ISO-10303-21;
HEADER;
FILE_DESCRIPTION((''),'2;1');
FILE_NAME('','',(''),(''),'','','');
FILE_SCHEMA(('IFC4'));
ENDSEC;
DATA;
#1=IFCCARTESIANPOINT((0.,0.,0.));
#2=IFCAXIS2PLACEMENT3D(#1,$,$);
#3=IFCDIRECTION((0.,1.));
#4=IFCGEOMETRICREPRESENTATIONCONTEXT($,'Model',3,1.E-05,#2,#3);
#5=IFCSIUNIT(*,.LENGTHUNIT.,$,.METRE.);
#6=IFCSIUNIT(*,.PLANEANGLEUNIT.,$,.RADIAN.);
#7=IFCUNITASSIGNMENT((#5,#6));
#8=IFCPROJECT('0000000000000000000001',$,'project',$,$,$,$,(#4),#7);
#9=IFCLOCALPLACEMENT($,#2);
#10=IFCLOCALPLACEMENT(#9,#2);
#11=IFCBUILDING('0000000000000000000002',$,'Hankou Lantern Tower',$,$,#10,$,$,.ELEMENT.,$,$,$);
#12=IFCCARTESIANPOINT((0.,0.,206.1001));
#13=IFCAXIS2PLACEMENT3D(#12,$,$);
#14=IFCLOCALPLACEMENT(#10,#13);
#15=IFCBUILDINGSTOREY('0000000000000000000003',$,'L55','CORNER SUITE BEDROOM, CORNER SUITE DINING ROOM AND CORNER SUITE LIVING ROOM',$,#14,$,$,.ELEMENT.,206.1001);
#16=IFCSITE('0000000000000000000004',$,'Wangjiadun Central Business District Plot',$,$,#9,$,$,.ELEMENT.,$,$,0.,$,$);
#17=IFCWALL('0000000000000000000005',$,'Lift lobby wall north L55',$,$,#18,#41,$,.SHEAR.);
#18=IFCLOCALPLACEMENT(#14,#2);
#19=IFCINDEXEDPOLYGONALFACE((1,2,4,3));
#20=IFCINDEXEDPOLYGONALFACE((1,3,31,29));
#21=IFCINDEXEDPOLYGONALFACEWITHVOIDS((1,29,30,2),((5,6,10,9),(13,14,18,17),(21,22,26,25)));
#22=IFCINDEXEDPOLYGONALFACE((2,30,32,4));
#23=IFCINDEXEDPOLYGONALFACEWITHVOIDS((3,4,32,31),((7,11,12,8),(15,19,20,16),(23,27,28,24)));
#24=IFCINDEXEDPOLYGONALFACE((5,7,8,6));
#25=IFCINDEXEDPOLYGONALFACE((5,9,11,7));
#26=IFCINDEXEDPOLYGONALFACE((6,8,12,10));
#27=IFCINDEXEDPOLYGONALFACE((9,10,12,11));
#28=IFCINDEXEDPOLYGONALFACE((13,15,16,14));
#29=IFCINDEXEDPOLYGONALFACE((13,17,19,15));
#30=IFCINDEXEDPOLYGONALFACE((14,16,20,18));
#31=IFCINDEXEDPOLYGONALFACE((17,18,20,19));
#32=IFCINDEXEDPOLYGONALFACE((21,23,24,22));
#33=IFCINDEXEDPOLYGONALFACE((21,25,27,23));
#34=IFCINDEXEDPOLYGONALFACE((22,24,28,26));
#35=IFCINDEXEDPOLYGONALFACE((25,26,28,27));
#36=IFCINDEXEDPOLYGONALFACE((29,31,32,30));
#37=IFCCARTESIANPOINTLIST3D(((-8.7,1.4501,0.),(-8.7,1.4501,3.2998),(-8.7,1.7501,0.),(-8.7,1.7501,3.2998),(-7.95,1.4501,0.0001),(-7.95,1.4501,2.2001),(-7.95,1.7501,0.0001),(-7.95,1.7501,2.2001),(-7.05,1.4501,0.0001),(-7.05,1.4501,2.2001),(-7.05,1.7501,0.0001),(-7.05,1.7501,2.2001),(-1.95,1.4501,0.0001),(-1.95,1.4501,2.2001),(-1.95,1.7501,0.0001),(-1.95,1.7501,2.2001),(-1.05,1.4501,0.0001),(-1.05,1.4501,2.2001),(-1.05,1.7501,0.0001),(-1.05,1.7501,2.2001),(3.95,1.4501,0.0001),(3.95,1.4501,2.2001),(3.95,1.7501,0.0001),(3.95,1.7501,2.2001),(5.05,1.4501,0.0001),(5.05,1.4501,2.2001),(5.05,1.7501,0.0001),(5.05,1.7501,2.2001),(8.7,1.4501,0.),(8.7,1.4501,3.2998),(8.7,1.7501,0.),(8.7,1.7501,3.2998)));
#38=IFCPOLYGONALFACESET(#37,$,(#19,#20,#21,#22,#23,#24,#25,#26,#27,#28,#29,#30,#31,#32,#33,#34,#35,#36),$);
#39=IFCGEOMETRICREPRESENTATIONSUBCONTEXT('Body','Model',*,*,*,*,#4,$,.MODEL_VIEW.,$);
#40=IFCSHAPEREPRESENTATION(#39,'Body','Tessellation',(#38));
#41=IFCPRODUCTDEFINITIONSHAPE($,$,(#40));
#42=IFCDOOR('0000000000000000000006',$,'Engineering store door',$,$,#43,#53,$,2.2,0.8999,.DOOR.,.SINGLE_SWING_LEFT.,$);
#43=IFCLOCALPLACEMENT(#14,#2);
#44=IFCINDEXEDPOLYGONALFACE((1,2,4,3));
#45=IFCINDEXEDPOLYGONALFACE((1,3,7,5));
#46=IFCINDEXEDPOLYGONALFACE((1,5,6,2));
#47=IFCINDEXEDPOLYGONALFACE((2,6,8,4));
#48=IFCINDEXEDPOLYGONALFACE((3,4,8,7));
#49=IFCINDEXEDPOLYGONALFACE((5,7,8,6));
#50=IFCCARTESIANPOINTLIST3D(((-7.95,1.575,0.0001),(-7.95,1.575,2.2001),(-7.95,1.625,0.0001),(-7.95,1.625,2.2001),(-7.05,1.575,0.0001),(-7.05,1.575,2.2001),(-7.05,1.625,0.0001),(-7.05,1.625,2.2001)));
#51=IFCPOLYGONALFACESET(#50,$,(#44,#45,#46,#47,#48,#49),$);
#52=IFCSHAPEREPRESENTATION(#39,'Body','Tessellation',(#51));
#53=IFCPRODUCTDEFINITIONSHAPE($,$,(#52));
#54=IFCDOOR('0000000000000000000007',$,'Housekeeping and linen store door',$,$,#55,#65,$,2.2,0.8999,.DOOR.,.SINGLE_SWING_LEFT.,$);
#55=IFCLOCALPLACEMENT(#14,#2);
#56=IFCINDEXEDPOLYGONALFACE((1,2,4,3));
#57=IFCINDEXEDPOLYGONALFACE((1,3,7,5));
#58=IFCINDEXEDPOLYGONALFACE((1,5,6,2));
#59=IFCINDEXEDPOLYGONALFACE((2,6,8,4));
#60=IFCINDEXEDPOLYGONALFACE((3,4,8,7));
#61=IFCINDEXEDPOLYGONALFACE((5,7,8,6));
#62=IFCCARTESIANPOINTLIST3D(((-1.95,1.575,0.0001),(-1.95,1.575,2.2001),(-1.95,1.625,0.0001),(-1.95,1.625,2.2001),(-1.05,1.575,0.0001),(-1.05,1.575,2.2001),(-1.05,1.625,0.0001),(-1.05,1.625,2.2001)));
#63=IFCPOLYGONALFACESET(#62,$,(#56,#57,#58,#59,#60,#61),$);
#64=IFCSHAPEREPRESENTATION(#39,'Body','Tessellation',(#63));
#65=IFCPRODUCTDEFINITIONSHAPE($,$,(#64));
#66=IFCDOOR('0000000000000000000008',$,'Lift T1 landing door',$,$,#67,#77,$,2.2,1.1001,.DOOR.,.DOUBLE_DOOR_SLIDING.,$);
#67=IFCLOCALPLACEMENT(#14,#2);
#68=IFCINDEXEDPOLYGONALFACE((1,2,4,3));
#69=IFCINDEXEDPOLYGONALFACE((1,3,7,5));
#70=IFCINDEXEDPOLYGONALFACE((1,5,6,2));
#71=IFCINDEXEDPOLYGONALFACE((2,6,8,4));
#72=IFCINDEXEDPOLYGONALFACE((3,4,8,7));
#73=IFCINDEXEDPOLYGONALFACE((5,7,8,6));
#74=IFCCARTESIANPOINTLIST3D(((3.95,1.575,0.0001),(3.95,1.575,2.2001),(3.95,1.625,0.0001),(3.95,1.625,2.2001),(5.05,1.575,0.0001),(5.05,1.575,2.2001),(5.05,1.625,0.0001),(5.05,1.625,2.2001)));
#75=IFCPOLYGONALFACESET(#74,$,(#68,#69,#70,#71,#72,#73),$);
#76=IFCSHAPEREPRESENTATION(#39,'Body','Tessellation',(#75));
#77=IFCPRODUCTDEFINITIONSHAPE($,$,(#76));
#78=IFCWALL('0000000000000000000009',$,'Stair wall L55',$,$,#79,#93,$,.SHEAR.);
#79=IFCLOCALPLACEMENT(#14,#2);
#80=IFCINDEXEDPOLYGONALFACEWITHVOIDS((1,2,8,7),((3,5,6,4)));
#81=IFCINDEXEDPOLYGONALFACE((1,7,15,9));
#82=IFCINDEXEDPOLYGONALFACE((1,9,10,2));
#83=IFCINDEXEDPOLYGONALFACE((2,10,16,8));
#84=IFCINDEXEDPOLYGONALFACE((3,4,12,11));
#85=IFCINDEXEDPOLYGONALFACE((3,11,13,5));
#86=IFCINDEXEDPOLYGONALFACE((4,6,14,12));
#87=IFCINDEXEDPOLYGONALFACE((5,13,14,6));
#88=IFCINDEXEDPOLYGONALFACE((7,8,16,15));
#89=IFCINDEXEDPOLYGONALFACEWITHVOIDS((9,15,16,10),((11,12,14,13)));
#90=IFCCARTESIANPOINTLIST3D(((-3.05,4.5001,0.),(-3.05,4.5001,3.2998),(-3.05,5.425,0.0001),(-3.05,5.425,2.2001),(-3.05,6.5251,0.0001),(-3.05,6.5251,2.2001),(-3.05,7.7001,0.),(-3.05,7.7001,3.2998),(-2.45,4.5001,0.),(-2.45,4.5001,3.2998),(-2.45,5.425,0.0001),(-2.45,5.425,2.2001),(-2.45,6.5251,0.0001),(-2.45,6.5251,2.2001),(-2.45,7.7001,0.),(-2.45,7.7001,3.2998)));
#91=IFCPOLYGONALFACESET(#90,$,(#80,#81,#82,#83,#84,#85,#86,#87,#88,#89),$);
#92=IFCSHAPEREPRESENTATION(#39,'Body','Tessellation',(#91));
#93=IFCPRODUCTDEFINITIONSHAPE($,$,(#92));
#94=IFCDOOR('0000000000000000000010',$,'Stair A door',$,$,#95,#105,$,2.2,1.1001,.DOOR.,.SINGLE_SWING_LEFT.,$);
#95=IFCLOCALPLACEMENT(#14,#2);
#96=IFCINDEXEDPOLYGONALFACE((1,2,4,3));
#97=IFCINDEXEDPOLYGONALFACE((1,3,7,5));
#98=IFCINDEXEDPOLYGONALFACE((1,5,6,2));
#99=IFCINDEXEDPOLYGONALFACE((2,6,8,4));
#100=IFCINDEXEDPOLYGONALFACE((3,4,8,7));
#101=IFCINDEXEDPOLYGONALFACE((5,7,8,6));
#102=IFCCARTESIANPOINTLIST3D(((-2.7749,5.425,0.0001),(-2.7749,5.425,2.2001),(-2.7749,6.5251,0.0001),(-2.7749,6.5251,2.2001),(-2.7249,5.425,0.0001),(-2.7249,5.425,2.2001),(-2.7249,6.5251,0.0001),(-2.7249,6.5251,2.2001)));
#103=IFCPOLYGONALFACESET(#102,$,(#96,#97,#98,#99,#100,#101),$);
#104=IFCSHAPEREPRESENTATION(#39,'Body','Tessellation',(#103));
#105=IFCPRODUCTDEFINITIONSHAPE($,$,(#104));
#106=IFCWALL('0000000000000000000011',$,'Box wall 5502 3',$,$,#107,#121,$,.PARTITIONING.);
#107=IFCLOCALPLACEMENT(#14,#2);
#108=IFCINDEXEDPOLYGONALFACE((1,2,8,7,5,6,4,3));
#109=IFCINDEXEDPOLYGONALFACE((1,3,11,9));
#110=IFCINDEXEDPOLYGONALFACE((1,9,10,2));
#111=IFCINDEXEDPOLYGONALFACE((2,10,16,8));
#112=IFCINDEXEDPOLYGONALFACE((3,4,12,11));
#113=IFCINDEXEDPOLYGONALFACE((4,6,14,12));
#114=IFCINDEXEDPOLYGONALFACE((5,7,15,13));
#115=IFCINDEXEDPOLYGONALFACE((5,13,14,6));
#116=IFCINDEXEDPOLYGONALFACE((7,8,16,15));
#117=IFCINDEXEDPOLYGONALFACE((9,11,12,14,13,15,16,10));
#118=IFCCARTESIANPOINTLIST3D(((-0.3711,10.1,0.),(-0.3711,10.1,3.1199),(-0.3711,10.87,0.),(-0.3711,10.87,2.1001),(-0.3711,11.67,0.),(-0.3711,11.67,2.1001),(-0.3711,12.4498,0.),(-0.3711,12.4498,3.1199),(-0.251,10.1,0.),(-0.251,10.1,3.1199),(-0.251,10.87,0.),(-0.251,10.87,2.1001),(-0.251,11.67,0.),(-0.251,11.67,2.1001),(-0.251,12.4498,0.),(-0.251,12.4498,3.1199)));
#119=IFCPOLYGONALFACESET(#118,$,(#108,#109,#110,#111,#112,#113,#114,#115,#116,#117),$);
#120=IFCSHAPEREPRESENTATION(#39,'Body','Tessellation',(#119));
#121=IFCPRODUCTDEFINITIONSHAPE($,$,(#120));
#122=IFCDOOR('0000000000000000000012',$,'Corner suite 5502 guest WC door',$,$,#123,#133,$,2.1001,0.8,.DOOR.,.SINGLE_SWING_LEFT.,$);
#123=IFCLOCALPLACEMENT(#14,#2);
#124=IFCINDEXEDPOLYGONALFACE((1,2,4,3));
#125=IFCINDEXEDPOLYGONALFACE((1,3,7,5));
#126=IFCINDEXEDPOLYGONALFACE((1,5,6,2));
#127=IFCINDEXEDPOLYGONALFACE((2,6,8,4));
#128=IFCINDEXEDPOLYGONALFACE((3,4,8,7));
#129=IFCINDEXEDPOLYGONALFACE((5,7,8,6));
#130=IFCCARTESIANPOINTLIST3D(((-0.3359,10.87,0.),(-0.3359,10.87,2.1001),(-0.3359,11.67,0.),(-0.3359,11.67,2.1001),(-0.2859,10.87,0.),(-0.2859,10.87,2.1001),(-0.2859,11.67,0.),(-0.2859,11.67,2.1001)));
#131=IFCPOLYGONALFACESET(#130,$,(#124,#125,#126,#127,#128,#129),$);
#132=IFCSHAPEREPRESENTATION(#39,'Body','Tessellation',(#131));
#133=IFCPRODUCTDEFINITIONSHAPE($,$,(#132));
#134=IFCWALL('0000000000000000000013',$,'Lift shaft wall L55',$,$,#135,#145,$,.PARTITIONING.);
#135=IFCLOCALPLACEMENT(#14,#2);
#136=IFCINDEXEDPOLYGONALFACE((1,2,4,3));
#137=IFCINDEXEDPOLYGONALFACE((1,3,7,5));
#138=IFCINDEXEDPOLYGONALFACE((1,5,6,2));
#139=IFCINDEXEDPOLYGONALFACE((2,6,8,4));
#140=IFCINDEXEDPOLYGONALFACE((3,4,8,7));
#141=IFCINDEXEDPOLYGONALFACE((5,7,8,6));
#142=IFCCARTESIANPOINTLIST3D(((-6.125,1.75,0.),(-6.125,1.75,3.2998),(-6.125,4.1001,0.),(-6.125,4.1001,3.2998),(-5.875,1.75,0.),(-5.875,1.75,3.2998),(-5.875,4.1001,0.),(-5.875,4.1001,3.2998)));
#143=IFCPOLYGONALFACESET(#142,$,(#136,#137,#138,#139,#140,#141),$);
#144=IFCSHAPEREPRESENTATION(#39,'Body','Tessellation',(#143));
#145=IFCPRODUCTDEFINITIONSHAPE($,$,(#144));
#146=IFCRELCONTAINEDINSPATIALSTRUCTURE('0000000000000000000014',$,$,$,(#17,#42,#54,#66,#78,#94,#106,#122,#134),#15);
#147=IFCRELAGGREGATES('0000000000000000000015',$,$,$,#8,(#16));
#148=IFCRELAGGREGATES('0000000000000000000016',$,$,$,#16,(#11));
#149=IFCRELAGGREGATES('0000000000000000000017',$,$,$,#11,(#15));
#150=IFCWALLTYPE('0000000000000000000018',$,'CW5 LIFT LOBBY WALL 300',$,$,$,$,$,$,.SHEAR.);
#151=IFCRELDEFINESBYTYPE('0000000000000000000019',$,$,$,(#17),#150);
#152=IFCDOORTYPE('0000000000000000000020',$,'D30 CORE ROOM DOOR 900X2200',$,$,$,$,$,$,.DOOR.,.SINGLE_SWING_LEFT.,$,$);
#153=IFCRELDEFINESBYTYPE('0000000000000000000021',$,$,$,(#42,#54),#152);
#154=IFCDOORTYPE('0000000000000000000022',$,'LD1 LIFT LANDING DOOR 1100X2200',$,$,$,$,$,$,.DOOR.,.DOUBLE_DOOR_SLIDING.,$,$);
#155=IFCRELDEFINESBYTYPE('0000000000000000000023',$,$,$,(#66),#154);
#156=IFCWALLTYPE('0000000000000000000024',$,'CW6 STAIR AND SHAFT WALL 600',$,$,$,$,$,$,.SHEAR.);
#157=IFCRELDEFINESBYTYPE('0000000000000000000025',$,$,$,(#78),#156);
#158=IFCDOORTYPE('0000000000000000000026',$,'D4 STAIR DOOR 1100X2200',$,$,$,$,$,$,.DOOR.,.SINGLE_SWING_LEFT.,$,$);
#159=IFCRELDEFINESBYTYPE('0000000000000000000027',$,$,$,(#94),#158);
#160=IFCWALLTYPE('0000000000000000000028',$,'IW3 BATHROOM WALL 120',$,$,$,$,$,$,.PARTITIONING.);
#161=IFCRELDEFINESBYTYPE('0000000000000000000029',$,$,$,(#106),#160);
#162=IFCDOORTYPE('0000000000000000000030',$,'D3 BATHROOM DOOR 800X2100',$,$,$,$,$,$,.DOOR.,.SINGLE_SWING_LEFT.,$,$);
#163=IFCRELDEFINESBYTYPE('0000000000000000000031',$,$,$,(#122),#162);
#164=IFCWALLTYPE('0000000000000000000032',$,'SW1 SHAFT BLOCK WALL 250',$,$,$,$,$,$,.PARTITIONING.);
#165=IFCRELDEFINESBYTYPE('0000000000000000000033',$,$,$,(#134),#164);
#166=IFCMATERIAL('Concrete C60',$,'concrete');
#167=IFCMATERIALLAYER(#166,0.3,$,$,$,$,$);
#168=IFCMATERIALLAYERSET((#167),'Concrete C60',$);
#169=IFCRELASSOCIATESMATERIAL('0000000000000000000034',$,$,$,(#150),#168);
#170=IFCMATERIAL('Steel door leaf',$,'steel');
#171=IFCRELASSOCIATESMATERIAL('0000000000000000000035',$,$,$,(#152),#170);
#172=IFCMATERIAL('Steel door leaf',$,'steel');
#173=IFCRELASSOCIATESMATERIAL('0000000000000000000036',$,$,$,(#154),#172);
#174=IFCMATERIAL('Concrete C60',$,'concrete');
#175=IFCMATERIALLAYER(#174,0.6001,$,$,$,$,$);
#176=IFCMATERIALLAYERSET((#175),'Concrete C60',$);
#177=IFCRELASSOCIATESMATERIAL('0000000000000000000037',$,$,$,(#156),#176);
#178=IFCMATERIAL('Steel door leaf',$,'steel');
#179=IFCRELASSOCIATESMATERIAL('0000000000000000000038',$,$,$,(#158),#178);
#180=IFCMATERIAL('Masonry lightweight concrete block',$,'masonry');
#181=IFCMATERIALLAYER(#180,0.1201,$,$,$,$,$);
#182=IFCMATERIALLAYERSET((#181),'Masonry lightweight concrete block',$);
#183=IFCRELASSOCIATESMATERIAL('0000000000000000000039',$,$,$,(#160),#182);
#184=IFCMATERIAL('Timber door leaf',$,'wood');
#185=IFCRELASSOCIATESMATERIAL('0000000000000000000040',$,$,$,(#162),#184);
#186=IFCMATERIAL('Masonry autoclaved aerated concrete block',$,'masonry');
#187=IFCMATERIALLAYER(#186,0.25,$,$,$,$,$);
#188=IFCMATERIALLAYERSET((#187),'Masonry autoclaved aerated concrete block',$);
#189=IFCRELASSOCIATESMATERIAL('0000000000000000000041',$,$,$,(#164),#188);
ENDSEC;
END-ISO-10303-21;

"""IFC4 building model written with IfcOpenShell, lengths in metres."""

from ifc_helpers import new_model, si_unit, direction, frame, frame_2d, origin, place, context, subcontext, project, spatial, rectangle, extrude, material, layer, layer_set, type_object, element, fill, save


model = new_model("IFC4")

# Units and contexts
model_context = context("Model", 3, precision=1e-05, world=origin(), true_north=direction((0.0, 1.0)))
body_context = subcontext(model_context, "Body", "Model", "MODEL_VIEW")
ifc_project = project(units=[si_unit("LENGTHUNIT", "METRE"), si_unit("PLANEANGLEUNIT", "RADIAN")], contexts=[model_context])

# Site, building, storey
site_placement = place(None, origin())
site = spatial("IfcSite", under=ifc_project, at=site_placement, Name="Wangjiadun Central Business District Plot", CompositionType="ELEMENT", RefElevation=0.0)
building_placement = place(site_placement, origin())
building = spatial("IfcBuilding", under=site, at=building_placement, Name="Hankou Lantern Tower", CompositionType="ELEMENT")
storey_placement = place(building_placement, frame((0.0, 0.0, 206.1001)))
storey = spatial("IfcBuildingStorey", under=building, at=storey_placement, Name="L55", Description="CORNER SUITE BEDROOM, CORNER SUITE DINING ROOM AND CORNER SUITE LIVING ROOM", CompositionType="ELEMENT", Elevation=206.1001)

# Wall, openings, doors
ifc_material_1 = material(Name="Concrete C60", Category="concrete")
ifc_layer_1 = layer(ifc_material_1, 0.3)
ifc_layer_set_1 = layer_set([ifc_layer_1], Name="Concrete C60")
wall_type_1 = type_object("IfcWallType", Name="CW5 LIFT LOBBY WALL 300", PredefinedType="SHEAR", material=ifc_layer_set_1)
wall_1_placement = place(storey_placement, frame((-8.7, 1.6001, 0.0), z_axis=(0.0, 0.0, 1.0), x_axis=(1.0, 0.0, 0.0)))
wall_1 = element("IfcWall", 1, at=wall_1_placement, inside=storey, type_object=wall_type_1, Name="Lift lobby wall north L55", PredefinedType="SHEAR", context=body_context, shape_type="SweptSolid", body=[
    extrude(rectangle(XDim=17.3999, YDim=0.3, at=frame_2d((8.7, 0.0))), origin(), (0.0, 0.0, 1.0), 3.2998),
])
opening_1_placement = place(wall_1_placement, frame((12.6499, 0.0, 0.0)))
opening_1 = element("IfcOpeningElement", 2, at=opening_1_placement, cuts=wall_1, PredefinedType="OPENING", context=body_context, shape_type="SweptSolid", body=[
    extrude(rectangle(XDim=1.1001, YDim=2.2, at=frame_2d((0.55, 1.1001))), frame((0.0, 0.1599, 0.0), z_axis=(0.0, -1.0, 0.0), x_axis=(1.0, 0.0, 0.0)), (0.0, 0.0, 1.0), 0.3201),
])
opening_2_placement = place(wall_1_placement, frame((0.75, 0.0, 0.0)))
opening_2 = element("IfcOpeningElement", 3, at=opening_2_placement, cuts=wall_1, PredefinedType="OPENING", context=body_context, shape_type="SweptSolid", body=[
    extrude(rectangle(XDim=0.8999, YDim=2.2, at=frame_2d((0.45, 1.1001))), frame((0.0, 0.1599, 0.0), z_axis=(0.0, -1.0, 0.0), x_axis=(1.0, 0.0, 0.0)), (0.0, 0.0, 1.0), 0.3201),
])
opening_3_placement = place(wall_1_placement, frame((6.75, 0.0, 0.0)))
opening_3 = element("IfcOpeningElement", 4, at=opening_3_placement, cuts=wall_1, PredefinedType="OPENING", context=body_context, shape_type="SweptSolid", body=[
    extrude(rectangle(XDim=0.8999, YDim=2.2, at=frame_2d((0.45, 1.1001))), frame((0.0, 0.1599, 0.0), z_axis=(0.0, -1.0, 0.0), x_axis=(1.0, 0.0, 0.0)), (0.0, 0.0, 1.0), 0.3201),
])
ifc_material_2 = material(Name="Steel door leaf", Category="steel")
door_type_1 = type_object("IfcDoorType", Name="D30 CORE ROOM DOOR 900X2200", OperationType="SINGLE_SWING_LEFT", PredefinedType="DOOR", material=ifc_material_2)
door_1_placement = place(opening_2_placement, origin())
door_1 = element("IfcDoor", 5, at=door_1_placement, inside=storey, type_object=door_type_1, Name="Engineering store door", OperationType="SINGLE_SWING_LEFT", OverallHeight=2.2, OverallWidth=0.8999, PredefinedType="DOOR", context=body_context, shape_type="SweptSolid", body=[
    extrude(rectangle(XDim=0.8999, YDim=2.2, at=frame_2d((0.45, 1.1001))), frame((0.0, 0.0249, 0.0), z_axis=(0.0, -1.0, 0.0), x_axis=(1.0, 0.0, 0.0)), (0.0, 0.0, 1.0), 0.05),
])
fill(opening_2, door_1)
door_2_placement = place(opening_3_placement, origin())
door_2 = element("IfcDoor", 6, at=door_2_placement, inside=storey, type_object=door_type_1, Name="Housekeeping and linen store door", OperationType="SINGLE_SWING_LEFT", OverallHeight=2.2, OverallWidth=0.8999, PredefinedType="DOOR", context=body_context, shape_type="SweptSolid", body=[
    extrude(rectangle(XDim=0.8999, YDim=2.2, at=frame_2d((0.45, 1.1001))), frame((0.0, 0.0249, 0.0), z_axis=(0.0, -1.0, 0.0), x_axis=(1.0, 0.0, 0.0)), (0.0, 0.0, 1.0), 0.05),
])
fill(opening_3, door_2)
ifc_material_3 = material(Name="Steel door leaf", Category="steel")
door_type_2 = type_object("IfcDoorType", Name="LD1 LIFT LANDING DOOR 1100X2200", OperationType="DOUBLE_DOOR_SLIDING", PredefinedType="DOOR", material=ifc_material_3)
door_3_placement = place(opening_1_placement, origin())
door_3 = element("IfcDoor", 7, at=door_3_placement, inside=storey, type_object=door_type_2, Name="Lift T1 landing door", OperationType="DOUBLE_DOOR_SLIDING", OverallHeight=2.2, OverallWidth=1.1001, PredefinedType="DOOR", context=body_context, shape_type="SweptSolid", body=[
    extrude(rectangle(XDim=1.1001, YDim=2.2, at=frame_2d((0.55, 1.1001))), frame((0.0, 0.0249, 0.0), z_axis=(0.0, -1.0, 0.0), x_axis=(1.0, 0.0, 0.0)), (0.0, 0.0, 1.0), 0.05),
])
fill(opening_1, door_3)

# Walls, openings, doors
ifc_material_4 = material(Name="Concrete C60", Category="concrete")
ifc_layer_2 = layer(ifc_material_4, 0.6001)
ifc_layer_set_2 = layer_set([ifc_layer_2], Name="Concrete C60")
wall_type_2 = type_object("IfcWallType", Name="CW6 STAIR AND SHAFT WALL 600", PredefinedType="SHEAR", material=ifc_layer_set_2)
wall_2_placement = place(storey_placement, frame((-2.75, 4.5, 0.0), z_axis=(0.0, 0.0, 1.0), x_axis=(0.0, 1.0, 0.0)))
wall_2 = element("IfcWall", 8, at=wall_2_placement, inside=storey, type_object=wall_type_2, Name="Stair wall L55", PredefinedType="SHEAR", context=body_context, shape_type="SweptSolid", body=[
    extrude(rectangle(XDim=3.2, YDim=0.6001, at=frame_2d((1.6001, 0.0))), origin(), (0.0, 0.0, 1.0), 3.2998),
])
opening_4_placement = place(wall_2_placement, frame((0.925, 0.0, 0.0)))
opening_4 = element("IfcOpeningElement", 9, at=opening_4_placement, cuts=wall_2, PredefinedType="OPENING", context=body_context, shape_type="SweptSolid", body=[
    extrude(rectangle(XDim=1.1001, YDim=2.2, at=frame_2d((0.55, 1.1001))), frame((0.0, 0.3101, 0.0), z_axis=(0.0, -1.0, 0.0), x_axis=(1.0, 0.0, 0.0)), (0.0, 0.0, 1.0), 0.6201),
])
ifc_material_5 = material(Name="Steel door leaf", Category="steel")
door_type_3 = type_object("IfcDoorType", Name="D4 STAIR DOOR 1100X2200", OperationType="SINGLE_SWING_LEFT", PredefinedType="DOOR", material=ifc_material_5)
door_4_placement = place(opening_4_placement, origin())
door_4 = element("IfcDoor", 10, at=door_4_placement, inside=storey, type_object=door_type_3, Name="Stair A door", OperationType="SINGLE_SWING_LEFT", OverallHeight=2.2, OverallWidth=1.1001, PredefinedType="DOOR", context=body_context, shape_type="SweptSolid", body=[
    extrude(rectangle(XDim=1.1001, YDim=2.2, at=frame_2d((0.55, 1.1001))), frame((0.0, 0.0249, 0.0), z_axis=(0.0, -1.0, 0.0), x_axis=(1.0, 0.0, 0.0)), (0.0, 0.0, 1.0), 0.05),
])
fill(opening_4, door_4)
ifc_material_6 = material(Name="Masonry lightweight concrete block", Category="masonry")
ifc_layer_3 = layer(ifc_material_6, 0.1201)
ifc_layer_set_3 = layer_set([ifc_layer_3], Name="Masonry lightweight concrete block")
wall_type_3 = type_object("IfcWallType", Name="IW3 BATHROOM WALL 120", PredefinedType="PARTITIONING", material=ifc_layer_set_3)
wall_3_placement = place(storey_placement, frame((-0.311, 10.1001, 0.0), z_axis=(0.0, 0.0, 1.0), x_axis=(0.0, 1.0, 0.0)))
wall_3 = element("IfcWall", 11, at=wall_3_placement, inside=storey, type_object=wall_type_3, Name="Box wall 5502 3", PredefinedType="PARTITIONING", context=body_context, shape_type="SweptSolid", body=[
    extrude(rectangle(XDim=2.3499, YDim=0.1201, at=frame_2d((1.1748, 0.0))), origin(), (0.0, 0.0, 1.0), 3.1199),
])
opening_5_placement = place(wall_3_placement, frame((0.77, 0.0, 0.0)))
opening_5 = element("IfcOpeningElement", 12, at=opening_5_placement, cuts=wall_3, PredefinedType="OPENING", context=body_context, shape_type="SweptSolid", body=[
    extrude(rectangle(XDim=0.8, YDim=2.1001, at=frame_2d((0.3999, 1.05))), frame((0.0, 0.0701, 0.0), z_axis=(0.0, -1.0, 0.0), x_axis=(1.0, 0.0, 0.0)), (0.0, 0.0, 1.0), 0.1401),
])
ifc_material_7 = material(Name="Timber door leaf", Category="wood")
door_type_4 = type_object("IfcDoorType", Name="D3 BATHROOM DOOR 800X2100", OperationType="SINGLE_SWING_LEFT", PredefinedType="DOOR", material=ifc_material_7)
door_5_placement = place(opening_5_placement, origin())
door_5 = element("IfcDoor", 13, at=door_5_placement, inside=storey, type_object=door_type_4, Name="Corner suite 5502 guest WC door", OperationType="SINGLE_SWING_LEFT", OverallHeight=2.1001, OverallWidth=0.8, PredefinedType="DOOR", context=body_context, shape_type="SweptSolid", body=[
    extrude(rectangle(XDim=0.8, YDim=2.1001, at=frame_2d((0.3999, 1.05))), frame((0.0, 0.0249, 0.0), z_axis=(0.0, -1.0, 0.0), x_axis=(1.0, 0.0, 0.0)), (0.0, 0.0, 1.0), 0.05),
])
fill(opening_5, door_5)

# Wall
ifc_material_8 = material(Name="Masonry autoclaved aerated concrete block", Category="masonry")
ifc_layer_4 = layer(ifc_material_8, 0.25)
ifc_layer_set_4 = layer_set([ifc_layer_4], Name="Masonry autoclaved aerated concrete block")
wall_type_4 = type_object("IfcWallType", Name="SW1 SHAFT BLOCK WALL 250", PredefinedType="PARTITIONING", material=ifc_layer_set_4)
wall_4_placement = place(storey_placement, frame((-6.0, 1.75, 0.0), z_axis=(0.0, 0.0, 1.0), x_axis=(0.0, 1.0, 0.0)))
element("IfcWall", 14, at=wall_4_placement, inside=storey, type_object=wall_type_4, Name="Lift shaft wall L55", PredefinedType="PARTITIONING", context=body_context, shape_type="SweptSolid", body=[
    extrude(rectangle(XDim=2.3501, YDim=0.25, at=frame_2d((1.175, 0.0))), origin(), (0.0, 0.0, 1.0), 3.2998),
])

save(model, "model.ifc")
